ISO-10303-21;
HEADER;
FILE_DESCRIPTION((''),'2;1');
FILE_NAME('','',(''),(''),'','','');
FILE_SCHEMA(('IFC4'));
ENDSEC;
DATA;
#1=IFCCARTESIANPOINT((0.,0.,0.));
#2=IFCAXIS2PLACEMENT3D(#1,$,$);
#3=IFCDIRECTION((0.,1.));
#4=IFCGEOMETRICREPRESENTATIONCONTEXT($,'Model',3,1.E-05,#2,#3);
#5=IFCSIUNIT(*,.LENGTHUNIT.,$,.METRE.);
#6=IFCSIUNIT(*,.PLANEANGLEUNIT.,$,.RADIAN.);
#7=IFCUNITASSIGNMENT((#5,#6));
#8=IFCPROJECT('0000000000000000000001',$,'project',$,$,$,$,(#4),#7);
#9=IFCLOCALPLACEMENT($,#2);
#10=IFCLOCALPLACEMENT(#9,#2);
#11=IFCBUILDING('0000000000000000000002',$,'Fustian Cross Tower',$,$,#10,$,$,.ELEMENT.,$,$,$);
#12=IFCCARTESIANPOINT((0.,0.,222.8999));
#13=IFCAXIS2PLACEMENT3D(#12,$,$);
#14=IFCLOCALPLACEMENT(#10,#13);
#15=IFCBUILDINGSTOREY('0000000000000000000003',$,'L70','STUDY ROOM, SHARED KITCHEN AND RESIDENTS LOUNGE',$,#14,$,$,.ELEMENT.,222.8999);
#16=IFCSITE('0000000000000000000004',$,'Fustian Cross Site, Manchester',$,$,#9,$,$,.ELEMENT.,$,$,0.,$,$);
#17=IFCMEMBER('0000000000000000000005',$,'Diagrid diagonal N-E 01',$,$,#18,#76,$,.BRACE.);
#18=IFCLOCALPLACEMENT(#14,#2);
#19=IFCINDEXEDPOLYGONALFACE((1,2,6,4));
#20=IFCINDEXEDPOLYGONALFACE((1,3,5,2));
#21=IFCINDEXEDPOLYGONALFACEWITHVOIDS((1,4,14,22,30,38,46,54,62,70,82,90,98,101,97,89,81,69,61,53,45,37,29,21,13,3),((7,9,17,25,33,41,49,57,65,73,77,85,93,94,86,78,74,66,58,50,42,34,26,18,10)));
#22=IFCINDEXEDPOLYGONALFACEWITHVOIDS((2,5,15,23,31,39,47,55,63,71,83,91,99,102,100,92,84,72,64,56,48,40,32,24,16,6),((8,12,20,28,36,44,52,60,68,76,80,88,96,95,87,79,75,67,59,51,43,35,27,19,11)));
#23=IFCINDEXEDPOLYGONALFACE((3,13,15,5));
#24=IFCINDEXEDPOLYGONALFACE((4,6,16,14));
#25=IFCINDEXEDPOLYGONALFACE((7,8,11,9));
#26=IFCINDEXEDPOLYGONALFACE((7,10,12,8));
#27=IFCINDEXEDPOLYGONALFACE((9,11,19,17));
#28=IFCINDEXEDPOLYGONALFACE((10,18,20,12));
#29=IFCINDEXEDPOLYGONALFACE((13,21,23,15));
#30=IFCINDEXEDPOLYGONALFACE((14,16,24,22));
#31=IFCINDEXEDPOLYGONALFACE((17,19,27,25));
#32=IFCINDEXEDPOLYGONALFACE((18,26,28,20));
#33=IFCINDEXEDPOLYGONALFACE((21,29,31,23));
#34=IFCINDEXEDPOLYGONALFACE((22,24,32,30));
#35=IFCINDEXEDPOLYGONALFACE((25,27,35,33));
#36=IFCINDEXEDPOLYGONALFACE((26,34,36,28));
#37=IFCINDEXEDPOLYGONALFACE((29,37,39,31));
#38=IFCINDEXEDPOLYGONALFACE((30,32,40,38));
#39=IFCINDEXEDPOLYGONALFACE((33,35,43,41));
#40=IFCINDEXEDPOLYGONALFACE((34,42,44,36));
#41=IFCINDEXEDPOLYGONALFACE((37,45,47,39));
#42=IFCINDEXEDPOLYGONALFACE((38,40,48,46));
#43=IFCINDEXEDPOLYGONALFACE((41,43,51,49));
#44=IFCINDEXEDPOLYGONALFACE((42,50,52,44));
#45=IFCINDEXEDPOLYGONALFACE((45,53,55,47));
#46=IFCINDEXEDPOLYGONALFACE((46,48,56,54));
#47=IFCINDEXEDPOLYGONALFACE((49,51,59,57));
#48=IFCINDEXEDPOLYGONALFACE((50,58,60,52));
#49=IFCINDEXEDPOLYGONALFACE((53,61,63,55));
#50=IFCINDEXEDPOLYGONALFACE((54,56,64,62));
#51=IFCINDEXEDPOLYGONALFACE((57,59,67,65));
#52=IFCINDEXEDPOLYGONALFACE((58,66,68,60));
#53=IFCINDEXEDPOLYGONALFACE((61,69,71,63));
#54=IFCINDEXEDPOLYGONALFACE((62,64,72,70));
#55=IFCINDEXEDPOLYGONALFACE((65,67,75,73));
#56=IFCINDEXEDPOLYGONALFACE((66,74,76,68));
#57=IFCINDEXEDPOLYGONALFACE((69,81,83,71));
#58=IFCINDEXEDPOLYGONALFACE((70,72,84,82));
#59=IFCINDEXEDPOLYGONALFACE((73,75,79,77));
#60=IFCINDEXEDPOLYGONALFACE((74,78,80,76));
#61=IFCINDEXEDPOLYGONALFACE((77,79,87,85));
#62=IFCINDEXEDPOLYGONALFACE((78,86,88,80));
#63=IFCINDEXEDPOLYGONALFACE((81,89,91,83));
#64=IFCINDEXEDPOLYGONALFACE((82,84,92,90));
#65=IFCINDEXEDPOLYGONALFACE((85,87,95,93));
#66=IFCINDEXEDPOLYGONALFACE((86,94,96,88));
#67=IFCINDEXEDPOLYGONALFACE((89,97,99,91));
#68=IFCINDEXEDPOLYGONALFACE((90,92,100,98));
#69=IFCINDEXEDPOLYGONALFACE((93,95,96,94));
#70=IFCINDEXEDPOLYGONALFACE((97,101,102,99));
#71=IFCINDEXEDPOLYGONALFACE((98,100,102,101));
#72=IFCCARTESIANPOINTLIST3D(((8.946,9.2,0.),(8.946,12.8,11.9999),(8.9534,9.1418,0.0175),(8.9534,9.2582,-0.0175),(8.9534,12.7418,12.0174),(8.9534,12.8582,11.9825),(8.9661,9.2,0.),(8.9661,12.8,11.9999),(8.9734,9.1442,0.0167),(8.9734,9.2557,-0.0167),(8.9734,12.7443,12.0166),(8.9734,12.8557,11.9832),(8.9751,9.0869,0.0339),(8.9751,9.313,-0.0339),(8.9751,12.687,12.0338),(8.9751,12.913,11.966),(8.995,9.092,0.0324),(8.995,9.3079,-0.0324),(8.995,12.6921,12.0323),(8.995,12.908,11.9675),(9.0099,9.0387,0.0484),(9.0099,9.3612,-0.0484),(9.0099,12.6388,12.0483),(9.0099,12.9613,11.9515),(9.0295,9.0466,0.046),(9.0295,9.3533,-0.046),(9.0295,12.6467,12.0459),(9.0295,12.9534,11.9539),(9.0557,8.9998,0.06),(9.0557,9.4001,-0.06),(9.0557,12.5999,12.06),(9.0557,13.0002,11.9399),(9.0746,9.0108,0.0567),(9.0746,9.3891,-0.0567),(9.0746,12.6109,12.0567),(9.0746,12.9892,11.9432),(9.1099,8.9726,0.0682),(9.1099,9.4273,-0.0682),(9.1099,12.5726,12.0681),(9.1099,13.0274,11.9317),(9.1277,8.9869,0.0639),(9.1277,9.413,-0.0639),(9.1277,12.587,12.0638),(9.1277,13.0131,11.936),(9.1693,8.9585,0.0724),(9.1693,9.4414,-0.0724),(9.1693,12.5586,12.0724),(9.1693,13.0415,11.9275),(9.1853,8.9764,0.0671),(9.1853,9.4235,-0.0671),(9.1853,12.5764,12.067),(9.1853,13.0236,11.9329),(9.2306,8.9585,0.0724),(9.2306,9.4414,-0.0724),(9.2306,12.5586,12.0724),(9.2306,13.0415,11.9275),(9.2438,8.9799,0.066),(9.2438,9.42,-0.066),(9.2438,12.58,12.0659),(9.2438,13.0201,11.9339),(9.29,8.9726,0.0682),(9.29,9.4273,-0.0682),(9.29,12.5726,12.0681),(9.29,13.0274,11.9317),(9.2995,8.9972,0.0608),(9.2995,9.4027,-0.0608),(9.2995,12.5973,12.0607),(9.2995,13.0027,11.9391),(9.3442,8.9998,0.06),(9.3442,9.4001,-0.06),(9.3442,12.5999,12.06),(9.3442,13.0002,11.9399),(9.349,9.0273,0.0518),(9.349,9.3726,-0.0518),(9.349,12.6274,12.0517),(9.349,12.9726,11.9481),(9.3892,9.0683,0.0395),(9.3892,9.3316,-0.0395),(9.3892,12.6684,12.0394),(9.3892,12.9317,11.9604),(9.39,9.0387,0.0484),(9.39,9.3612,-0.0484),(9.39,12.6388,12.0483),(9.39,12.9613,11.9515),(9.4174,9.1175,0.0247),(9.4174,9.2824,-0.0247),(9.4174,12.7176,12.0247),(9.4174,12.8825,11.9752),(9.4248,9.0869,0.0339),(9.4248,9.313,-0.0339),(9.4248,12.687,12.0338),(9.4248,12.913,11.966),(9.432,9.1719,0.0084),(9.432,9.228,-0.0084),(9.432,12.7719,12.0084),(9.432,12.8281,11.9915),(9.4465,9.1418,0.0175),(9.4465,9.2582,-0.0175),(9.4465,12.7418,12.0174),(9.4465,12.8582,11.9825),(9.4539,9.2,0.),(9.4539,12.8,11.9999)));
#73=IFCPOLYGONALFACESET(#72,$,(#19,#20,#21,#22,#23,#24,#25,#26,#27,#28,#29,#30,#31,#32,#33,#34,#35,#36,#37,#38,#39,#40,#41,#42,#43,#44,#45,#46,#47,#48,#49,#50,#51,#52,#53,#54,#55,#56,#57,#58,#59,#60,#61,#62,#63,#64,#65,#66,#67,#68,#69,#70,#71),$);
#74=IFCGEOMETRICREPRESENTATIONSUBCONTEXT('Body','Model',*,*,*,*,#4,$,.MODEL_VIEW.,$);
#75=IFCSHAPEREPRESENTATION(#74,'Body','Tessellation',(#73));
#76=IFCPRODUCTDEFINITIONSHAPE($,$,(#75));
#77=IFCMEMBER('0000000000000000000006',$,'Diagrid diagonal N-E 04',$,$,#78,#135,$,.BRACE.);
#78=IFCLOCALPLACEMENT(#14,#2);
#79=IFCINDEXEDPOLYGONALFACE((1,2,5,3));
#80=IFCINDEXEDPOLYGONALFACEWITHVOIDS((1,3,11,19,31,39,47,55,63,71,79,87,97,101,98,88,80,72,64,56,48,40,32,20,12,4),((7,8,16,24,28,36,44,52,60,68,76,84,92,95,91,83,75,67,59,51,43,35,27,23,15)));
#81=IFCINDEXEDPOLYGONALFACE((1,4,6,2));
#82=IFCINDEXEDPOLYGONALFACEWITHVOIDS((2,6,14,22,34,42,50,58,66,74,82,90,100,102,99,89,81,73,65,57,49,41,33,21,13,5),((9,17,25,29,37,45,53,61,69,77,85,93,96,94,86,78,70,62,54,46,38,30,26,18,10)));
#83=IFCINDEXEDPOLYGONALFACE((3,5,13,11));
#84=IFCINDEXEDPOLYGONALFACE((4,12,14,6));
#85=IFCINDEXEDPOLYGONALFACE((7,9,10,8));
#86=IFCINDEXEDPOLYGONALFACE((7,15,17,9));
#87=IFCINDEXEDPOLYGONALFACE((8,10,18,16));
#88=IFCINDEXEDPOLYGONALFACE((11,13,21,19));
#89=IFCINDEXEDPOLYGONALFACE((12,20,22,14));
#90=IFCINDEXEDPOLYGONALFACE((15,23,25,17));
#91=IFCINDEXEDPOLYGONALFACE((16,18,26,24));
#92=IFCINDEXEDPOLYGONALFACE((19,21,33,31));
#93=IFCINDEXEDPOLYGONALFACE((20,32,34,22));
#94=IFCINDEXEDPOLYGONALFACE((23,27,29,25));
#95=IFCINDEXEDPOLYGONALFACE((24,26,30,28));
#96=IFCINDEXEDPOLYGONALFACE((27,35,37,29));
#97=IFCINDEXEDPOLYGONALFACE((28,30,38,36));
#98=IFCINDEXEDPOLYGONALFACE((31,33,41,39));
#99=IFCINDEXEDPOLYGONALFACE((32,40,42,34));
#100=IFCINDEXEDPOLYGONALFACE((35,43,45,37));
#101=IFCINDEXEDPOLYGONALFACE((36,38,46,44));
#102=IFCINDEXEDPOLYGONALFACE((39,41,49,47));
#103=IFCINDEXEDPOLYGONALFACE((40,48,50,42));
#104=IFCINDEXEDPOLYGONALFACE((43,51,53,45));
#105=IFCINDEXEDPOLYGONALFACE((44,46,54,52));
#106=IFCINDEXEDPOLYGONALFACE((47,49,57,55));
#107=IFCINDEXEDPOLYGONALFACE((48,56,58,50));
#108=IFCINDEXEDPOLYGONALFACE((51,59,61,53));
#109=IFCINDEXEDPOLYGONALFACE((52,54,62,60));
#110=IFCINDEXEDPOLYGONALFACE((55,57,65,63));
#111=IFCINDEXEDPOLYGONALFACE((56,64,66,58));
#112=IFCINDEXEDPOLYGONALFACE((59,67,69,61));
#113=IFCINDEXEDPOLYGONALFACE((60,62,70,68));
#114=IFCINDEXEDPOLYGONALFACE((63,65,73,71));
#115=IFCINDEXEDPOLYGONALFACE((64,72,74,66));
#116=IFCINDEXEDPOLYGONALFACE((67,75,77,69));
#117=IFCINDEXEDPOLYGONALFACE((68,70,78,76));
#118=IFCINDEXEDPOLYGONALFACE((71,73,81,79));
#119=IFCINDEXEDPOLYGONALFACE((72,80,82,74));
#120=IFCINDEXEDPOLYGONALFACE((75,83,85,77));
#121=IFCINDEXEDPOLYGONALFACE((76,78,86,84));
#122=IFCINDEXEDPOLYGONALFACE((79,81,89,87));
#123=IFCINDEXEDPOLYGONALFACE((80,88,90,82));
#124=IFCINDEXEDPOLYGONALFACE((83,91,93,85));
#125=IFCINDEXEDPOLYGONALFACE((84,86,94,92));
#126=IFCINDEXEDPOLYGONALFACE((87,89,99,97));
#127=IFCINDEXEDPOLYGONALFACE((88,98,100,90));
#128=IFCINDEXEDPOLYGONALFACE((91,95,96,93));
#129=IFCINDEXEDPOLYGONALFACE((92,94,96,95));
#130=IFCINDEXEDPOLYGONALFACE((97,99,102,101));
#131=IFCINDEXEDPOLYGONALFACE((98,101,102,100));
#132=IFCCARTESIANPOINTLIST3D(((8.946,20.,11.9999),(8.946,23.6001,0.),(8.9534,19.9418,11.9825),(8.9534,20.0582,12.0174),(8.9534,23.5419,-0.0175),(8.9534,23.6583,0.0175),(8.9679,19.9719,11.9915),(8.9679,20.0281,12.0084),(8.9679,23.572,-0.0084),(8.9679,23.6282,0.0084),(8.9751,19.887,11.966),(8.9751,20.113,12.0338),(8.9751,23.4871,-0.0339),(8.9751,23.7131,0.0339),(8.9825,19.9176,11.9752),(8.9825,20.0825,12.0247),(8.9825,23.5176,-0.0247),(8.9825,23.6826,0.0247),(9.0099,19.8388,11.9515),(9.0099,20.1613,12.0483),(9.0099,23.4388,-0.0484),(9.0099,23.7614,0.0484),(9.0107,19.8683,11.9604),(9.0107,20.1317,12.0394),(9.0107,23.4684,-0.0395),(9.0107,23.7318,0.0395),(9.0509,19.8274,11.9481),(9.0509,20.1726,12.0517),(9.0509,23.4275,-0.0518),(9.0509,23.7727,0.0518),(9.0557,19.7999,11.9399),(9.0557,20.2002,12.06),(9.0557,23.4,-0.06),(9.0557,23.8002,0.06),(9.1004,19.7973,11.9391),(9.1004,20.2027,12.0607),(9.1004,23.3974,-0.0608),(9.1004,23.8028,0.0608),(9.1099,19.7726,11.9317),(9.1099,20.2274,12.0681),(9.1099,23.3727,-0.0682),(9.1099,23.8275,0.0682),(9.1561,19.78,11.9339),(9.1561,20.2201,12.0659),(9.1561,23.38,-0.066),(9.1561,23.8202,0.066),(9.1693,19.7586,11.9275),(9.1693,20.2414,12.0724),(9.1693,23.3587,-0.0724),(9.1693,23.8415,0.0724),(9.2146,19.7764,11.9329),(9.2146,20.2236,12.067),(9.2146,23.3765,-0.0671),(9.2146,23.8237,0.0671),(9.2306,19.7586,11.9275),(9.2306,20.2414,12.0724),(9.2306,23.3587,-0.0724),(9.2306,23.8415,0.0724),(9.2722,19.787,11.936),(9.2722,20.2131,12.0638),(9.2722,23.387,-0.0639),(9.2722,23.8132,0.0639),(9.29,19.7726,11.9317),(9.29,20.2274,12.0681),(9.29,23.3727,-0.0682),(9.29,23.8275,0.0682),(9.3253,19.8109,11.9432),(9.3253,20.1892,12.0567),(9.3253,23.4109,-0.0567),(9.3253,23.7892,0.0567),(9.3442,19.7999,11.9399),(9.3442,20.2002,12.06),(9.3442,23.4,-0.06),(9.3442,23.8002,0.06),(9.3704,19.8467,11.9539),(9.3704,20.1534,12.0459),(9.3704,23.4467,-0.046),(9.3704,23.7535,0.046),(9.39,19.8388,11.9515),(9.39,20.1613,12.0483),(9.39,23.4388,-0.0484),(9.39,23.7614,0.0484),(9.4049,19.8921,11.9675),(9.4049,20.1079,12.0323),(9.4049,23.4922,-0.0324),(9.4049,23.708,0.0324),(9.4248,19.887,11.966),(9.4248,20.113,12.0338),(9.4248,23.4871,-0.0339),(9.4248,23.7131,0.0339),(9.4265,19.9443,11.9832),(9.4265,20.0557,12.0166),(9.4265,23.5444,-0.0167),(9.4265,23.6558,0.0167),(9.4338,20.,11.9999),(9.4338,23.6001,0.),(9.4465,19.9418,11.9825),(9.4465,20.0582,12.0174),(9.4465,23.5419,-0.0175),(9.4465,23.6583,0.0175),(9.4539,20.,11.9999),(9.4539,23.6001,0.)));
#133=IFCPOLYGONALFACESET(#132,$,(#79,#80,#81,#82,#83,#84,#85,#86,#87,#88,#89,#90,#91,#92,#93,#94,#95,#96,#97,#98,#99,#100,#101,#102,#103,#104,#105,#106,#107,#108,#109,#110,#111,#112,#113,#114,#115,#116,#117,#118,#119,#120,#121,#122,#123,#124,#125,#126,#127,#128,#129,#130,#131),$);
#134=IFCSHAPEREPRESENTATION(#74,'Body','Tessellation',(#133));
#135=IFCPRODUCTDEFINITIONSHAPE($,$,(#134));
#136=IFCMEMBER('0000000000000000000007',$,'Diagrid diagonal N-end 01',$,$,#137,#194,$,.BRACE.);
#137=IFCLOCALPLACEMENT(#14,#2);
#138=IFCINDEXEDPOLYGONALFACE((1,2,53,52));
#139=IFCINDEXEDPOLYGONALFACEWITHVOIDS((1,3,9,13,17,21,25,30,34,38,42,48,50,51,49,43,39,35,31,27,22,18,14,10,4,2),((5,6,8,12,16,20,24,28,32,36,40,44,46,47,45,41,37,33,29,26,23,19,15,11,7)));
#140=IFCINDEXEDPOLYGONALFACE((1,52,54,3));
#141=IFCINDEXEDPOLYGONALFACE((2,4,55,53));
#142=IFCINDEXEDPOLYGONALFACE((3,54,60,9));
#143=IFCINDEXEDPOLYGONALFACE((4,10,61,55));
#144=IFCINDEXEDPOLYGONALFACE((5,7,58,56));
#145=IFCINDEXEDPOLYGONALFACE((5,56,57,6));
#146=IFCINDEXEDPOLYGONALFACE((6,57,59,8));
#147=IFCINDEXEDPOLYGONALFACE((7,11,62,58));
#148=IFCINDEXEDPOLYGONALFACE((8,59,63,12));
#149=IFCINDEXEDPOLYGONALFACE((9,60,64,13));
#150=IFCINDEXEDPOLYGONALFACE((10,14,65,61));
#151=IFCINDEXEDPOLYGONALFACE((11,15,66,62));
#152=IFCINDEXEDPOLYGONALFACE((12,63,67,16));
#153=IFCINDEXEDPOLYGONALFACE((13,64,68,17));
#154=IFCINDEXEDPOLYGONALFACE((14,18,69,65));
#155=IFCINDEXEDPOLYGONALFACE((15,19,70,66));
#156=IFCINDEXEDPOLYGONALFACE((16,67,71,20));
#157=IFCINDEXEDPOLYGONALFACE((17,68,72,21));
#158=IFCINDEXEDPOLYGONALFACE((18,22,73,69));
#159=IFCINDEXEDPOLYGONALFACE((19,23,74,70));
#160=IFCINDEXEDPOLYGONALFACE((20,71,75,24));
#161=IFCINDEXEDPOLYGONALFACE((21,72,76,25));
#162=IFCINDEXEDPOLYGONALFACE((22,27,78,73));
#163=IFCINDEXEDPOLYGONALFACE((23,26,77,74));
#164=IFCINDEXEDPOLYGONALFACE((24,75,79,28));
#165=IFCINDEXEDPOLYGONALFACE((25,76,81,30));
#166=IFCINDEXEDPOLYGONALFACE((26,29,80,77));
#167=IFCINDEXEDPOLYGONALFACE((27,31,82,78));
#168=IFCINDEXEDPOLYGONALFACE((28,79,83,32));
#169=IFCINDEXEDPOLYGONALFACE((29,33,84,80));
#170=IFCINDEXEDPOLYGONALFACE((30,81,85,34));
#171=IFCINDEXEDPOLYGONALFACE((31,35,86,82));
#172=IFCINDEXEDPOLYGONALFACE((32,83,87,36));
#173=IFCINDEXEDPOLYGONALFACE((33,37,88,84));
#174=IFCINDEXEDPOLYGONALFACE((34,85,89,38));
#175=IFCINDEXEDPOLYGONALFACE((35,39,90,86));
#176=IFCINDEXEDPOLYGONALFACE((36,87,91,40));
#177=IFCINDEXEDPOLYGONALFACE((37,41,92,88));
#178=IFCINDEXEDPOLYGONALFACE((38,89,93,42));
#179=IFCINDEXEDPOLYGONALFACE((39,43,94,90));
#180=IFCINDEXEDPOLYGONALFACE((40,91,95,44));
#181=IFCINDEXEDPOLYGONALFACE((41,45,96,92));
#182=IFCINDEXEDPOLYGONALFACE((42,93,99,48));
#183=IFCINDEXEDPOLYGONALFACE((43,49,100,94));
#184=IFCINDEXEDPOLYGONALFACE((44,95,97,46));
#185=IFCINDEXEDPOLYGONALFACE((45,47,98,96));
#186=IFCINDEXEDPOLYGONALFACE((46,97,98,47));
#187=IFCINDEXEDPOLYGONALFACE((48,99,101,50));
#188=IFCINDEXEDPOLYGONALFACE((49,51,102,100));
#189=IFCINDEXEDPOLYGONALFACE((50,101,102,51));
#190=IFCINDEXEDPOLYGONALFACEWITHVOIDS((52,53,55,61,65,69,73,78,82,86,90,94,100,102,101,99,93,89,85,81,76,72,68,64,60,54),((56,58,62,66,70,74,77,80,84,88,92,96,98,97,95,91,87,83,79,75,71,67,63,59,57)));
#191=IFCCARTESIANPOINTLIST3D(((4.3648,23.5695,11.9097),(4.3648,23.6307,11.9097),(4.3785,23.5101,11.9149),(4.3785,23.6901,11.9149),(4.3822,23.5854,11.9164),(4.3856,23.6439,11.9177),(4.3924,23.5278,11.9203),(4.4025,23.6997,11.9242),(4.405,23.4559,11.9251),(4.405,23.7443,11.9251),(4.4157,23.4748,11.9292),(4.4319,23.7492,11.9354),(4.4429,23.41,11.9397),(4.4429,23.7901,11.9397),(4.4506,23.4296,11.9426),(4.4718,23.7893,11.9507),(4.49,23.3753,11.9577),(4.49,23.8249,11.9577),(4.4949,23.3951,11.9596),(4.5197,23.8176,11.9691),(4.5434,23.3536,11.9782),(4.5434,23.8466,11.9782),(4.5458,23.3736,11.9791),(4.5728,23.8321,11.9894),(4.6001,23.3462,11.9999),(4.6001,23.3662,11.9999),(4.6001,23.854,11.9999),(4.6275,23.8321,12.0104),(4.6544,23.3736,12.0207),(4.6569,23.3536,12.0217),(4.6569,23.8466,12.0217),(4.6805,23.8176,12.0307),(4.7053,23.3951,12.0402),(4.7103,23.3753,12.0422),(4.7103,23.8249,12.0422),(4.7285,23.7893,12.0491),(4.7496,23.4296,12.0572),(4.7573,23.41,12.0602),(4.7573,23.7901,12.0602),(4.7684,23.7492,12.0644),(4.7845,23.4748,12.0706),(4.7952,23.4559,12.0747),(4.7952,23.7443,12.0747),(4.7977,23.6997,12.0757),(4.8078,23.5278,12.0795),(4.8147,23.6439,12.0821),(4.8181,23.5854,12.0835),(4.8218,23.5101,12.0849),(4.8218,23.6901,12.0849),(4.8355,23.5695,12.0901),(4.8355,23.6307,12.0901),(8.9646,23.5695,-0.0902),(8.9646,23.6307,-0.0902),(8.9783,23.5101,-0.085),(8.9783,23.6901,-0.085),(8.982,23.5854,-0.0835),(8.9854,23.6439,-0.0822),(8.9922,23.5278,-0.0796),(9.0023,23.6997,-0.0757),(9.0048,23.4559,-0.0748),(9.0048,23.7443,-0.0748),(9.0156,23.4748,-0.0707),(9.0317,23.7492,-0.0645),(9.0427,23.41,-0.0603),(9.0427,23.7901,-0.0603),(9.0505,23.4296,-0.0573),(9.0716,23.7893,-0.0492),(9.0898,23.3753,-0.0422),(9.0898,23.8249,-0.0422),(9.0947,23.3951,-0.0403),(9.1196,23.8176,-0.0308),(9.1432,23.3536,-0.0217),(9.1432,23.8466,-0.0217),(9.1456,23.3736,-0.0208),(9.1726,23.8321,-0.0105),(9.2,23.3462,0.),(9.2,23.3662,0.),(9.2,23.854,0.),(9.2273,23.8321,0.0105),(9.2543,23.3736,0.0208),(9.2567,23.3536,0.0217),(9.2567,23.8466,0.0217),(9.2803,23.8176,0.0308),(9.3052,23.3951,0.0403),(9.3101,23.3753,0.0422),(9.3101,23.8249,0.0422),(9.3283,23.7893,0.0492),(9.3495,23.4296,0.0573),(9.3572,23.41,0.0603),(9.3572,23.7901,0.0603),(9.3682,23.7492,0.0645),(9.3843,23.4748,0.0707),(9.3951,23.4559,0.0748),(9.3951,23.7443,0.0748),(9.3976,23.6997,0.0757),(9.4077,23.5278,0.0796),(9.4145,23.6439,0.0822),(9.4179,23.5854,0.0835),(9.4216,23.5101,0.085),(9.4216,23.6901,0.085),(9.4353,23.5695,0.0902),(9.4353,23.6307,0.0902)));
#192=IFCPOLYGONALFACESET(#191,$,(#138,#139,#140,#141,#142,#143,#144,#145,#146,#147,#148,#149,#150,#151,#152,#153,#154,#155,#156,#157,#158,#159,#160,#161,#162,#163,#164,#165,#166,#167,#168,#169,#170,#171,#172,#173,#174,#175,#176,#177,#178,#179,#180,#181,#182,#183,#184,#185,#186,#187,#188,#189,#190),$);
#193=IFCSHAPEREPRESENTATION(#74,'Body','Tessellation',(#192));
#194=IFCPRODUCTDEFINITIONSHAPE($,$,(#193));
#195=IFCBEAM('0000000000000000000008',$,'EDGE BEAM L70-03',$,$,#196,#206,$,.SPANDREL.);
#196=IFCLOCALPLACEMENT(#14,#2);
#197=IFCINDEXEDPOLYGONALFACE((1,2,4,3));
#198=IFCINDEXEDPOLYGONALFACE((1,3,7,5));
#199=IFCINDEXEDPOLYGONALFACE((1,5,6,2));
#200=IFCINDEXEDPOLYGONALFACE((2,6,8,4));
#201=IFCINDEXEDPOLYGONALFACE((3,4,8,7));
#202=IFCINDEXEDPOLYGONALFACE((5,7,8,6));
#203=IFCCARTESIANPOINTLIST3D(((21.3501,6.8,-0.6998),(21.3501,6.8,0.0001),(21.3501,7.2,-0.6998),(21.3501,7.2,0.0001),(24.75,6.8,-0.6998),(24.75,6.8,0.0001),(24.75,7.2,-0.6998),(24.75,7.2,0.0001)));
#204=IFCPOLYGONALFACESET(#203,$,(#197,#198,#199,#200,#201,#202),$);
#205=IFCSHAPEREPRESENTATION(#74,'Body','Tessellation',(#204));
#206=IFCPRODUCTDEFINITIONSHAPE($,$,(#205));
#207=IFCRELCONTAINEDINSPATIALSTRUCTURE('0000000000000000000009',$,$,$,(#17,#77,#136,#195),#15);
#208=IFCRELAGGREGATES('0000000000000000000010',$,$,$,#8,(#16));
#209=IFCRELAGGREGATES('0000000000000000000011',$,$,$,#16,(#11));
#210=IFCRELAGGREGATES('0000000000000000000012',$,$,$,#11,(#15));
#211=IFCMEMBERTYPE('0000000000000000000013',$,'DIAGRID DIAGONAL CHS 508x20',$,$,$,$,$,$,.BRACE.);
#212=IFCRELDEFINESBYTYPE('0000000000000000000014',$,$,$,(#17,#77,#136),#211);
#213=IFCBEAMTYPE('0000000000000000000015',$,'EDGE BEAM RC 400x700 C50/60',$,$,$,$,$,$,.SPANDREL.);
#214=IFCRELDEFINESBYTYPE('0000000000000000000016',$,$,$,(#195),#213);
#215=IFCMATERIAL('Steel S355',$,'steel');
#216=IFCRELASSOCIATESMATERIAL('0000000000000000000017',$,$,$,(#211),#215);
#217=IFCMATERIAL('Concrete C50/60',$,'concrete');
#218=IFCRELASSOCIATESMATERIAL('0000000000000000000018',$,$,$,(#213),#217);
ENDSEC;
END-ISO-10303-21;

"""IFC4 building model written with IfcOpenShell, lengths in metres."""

from ifc_helpers import new_model, si_unit, direction, frame, origin, origin_2d, place, context, subcontext, project, spatial, rectangle, hollow_circle, extrude, material, material_profile, profile_set, type_object, element, save


model = new_model("IFC4")

# Units and contexts
model_context = context("Model", 3, precision=1e-05, world=origin(), true_north=direction((0.0, 1.0)))
body_context = subcontext(model_context, "Body", "Model", "MODEL_VIEW")
ifc_project = project(units=[si_unit("LENGTHUNIT", "METRE"), si_unit("PLANEANGLEUNIT", "RADIAN")], contexts=[model_context])

# Site, building, storey
site_placement = place(None, origin())
site = spatial("IfcSite", under=ifc_project, at=site_placement, Name="Fustian Cross Site, Manchester", CompositionType="ELEMENT", RefElevation=0.0)
building_placement = place(site_placement, origin())
building = spatial("IfcBuilding", under=site, at=building_placement, Name="Fustian Cross Tower", CompositionType="ELEMENT")
storey_placement = place(building_placement, frame((0.0, 0.0, 222.8999)))
storey = spatial("IfcBuildingStorey", under=building, at=storey_placement, Name="L70", Description="STUDY ROOM, SHARED KITCHEN AND RESIDENTS LOUNGE", CompositionType="ELEMENT", Elevation=222.8999)

# Members
ifc_material_1 = material(Name="Steel S355", Category="steel")
ifc_material_profile_1 = material_profile(ifc_material_1, hollow_circle(Radius=0.2539, WallThickness=0.02, at=origin_2d()), Name="CHS 508x20")
ifc_profile_set_1 = profile_set([ifc_material_profile_1], Name="Steel S355")
member_type_1 = type_object("IfcMemberType", Name="DIAGRID DIAGONAL CHS 508x20", PredefinedType="BRACE", material=ifc_profile_set_1)
for number, where, z_axis, x_axis, name in (
    (1, (9.2, 9.2, 0.0), (0.0, 0.287355, 0.957824), (-1.0, 0.0, 0.0), "Diagrid diagonal N-E 01"),
    (2, (9.2, 23.6001, 0.0), (0.0, -0.287355, 0.957824), (1.0, 0.0, 0.0), "Diagrid diagonal N-E 04"),
):
    element("IfcMember", number, at=place(storey_placement, frame(where, z_axis=z_axis, x_axis=x_axis)), inside=storey, type_object=member_type_1, Name=name, PredefinedType="BRACE", context=body_context, shape_type="SweptSolid", body=[
        extrude(hollow_circle(Radius=0.2539, WallThickness=0.02, at=origin_2d()), origin(), (0.0, 0.0, 1.0), 12.5283),
    ])
member_1_placement = place(storey_placement, frame((9.2, 23.6001, 0.0), z_axis=(-0.357926, 0.0, 0.93375), x_axis=(0.0, -1.0, 0.0)))
element("IfcMember", 3, at=member_1_placement, inside=storey, type_object=member_type_1, Name="Diagrid diagonal N-end 01", PredefinedType="BRACE", context=body_context, shape_type="SweptSolid", body=[
    extrude(hollow_circle(Radius=0.2539, WallThickness=0.02, at=origin_2d()), origin(), (0.0, 0.0, 1.0), 12.8513),
])

# Beam
ifc_material_2 = material(Name="Concrete C50/60", Category="concrete")
ifc_material_profile_2 = material_profile(ifc_material_2, rectangle(XDim=0.3999, YDim=0.7, at=origin_2d()), Name="RC 400x700")
ifc_profile_set_2 = profile_set([ifc_material_profile_2], Name="Concrete C50/60")
beam_type = type_object("IfcBeamType", Name="EDGE BEAM RC 400x700 C50/60", PredefinedType="SPANDREL", material=ifc_profile_set_2)
beam_placement = place(storey_placement, frame((24.75, 7.0, -0.3499), z_axis=(-1.0, 0.0, 0.0), x_axis=(0.0, -1.0, 0.0)))
element("IfcBeam", 4, at=beam_placement, inside=storey, type_object=beam_type, Name="EDGE BEAM L70-03", PredefinedType="SPANDREL", context=body_context, shape_type="SweptSolid", body=[
    extrude(rectangle(XDim=0.3999, YDim=0.7, at=origin_2d()), origin(), (0.0, 0.0, 1.0), 3.3999),
])

save(model, "model.ifc")
